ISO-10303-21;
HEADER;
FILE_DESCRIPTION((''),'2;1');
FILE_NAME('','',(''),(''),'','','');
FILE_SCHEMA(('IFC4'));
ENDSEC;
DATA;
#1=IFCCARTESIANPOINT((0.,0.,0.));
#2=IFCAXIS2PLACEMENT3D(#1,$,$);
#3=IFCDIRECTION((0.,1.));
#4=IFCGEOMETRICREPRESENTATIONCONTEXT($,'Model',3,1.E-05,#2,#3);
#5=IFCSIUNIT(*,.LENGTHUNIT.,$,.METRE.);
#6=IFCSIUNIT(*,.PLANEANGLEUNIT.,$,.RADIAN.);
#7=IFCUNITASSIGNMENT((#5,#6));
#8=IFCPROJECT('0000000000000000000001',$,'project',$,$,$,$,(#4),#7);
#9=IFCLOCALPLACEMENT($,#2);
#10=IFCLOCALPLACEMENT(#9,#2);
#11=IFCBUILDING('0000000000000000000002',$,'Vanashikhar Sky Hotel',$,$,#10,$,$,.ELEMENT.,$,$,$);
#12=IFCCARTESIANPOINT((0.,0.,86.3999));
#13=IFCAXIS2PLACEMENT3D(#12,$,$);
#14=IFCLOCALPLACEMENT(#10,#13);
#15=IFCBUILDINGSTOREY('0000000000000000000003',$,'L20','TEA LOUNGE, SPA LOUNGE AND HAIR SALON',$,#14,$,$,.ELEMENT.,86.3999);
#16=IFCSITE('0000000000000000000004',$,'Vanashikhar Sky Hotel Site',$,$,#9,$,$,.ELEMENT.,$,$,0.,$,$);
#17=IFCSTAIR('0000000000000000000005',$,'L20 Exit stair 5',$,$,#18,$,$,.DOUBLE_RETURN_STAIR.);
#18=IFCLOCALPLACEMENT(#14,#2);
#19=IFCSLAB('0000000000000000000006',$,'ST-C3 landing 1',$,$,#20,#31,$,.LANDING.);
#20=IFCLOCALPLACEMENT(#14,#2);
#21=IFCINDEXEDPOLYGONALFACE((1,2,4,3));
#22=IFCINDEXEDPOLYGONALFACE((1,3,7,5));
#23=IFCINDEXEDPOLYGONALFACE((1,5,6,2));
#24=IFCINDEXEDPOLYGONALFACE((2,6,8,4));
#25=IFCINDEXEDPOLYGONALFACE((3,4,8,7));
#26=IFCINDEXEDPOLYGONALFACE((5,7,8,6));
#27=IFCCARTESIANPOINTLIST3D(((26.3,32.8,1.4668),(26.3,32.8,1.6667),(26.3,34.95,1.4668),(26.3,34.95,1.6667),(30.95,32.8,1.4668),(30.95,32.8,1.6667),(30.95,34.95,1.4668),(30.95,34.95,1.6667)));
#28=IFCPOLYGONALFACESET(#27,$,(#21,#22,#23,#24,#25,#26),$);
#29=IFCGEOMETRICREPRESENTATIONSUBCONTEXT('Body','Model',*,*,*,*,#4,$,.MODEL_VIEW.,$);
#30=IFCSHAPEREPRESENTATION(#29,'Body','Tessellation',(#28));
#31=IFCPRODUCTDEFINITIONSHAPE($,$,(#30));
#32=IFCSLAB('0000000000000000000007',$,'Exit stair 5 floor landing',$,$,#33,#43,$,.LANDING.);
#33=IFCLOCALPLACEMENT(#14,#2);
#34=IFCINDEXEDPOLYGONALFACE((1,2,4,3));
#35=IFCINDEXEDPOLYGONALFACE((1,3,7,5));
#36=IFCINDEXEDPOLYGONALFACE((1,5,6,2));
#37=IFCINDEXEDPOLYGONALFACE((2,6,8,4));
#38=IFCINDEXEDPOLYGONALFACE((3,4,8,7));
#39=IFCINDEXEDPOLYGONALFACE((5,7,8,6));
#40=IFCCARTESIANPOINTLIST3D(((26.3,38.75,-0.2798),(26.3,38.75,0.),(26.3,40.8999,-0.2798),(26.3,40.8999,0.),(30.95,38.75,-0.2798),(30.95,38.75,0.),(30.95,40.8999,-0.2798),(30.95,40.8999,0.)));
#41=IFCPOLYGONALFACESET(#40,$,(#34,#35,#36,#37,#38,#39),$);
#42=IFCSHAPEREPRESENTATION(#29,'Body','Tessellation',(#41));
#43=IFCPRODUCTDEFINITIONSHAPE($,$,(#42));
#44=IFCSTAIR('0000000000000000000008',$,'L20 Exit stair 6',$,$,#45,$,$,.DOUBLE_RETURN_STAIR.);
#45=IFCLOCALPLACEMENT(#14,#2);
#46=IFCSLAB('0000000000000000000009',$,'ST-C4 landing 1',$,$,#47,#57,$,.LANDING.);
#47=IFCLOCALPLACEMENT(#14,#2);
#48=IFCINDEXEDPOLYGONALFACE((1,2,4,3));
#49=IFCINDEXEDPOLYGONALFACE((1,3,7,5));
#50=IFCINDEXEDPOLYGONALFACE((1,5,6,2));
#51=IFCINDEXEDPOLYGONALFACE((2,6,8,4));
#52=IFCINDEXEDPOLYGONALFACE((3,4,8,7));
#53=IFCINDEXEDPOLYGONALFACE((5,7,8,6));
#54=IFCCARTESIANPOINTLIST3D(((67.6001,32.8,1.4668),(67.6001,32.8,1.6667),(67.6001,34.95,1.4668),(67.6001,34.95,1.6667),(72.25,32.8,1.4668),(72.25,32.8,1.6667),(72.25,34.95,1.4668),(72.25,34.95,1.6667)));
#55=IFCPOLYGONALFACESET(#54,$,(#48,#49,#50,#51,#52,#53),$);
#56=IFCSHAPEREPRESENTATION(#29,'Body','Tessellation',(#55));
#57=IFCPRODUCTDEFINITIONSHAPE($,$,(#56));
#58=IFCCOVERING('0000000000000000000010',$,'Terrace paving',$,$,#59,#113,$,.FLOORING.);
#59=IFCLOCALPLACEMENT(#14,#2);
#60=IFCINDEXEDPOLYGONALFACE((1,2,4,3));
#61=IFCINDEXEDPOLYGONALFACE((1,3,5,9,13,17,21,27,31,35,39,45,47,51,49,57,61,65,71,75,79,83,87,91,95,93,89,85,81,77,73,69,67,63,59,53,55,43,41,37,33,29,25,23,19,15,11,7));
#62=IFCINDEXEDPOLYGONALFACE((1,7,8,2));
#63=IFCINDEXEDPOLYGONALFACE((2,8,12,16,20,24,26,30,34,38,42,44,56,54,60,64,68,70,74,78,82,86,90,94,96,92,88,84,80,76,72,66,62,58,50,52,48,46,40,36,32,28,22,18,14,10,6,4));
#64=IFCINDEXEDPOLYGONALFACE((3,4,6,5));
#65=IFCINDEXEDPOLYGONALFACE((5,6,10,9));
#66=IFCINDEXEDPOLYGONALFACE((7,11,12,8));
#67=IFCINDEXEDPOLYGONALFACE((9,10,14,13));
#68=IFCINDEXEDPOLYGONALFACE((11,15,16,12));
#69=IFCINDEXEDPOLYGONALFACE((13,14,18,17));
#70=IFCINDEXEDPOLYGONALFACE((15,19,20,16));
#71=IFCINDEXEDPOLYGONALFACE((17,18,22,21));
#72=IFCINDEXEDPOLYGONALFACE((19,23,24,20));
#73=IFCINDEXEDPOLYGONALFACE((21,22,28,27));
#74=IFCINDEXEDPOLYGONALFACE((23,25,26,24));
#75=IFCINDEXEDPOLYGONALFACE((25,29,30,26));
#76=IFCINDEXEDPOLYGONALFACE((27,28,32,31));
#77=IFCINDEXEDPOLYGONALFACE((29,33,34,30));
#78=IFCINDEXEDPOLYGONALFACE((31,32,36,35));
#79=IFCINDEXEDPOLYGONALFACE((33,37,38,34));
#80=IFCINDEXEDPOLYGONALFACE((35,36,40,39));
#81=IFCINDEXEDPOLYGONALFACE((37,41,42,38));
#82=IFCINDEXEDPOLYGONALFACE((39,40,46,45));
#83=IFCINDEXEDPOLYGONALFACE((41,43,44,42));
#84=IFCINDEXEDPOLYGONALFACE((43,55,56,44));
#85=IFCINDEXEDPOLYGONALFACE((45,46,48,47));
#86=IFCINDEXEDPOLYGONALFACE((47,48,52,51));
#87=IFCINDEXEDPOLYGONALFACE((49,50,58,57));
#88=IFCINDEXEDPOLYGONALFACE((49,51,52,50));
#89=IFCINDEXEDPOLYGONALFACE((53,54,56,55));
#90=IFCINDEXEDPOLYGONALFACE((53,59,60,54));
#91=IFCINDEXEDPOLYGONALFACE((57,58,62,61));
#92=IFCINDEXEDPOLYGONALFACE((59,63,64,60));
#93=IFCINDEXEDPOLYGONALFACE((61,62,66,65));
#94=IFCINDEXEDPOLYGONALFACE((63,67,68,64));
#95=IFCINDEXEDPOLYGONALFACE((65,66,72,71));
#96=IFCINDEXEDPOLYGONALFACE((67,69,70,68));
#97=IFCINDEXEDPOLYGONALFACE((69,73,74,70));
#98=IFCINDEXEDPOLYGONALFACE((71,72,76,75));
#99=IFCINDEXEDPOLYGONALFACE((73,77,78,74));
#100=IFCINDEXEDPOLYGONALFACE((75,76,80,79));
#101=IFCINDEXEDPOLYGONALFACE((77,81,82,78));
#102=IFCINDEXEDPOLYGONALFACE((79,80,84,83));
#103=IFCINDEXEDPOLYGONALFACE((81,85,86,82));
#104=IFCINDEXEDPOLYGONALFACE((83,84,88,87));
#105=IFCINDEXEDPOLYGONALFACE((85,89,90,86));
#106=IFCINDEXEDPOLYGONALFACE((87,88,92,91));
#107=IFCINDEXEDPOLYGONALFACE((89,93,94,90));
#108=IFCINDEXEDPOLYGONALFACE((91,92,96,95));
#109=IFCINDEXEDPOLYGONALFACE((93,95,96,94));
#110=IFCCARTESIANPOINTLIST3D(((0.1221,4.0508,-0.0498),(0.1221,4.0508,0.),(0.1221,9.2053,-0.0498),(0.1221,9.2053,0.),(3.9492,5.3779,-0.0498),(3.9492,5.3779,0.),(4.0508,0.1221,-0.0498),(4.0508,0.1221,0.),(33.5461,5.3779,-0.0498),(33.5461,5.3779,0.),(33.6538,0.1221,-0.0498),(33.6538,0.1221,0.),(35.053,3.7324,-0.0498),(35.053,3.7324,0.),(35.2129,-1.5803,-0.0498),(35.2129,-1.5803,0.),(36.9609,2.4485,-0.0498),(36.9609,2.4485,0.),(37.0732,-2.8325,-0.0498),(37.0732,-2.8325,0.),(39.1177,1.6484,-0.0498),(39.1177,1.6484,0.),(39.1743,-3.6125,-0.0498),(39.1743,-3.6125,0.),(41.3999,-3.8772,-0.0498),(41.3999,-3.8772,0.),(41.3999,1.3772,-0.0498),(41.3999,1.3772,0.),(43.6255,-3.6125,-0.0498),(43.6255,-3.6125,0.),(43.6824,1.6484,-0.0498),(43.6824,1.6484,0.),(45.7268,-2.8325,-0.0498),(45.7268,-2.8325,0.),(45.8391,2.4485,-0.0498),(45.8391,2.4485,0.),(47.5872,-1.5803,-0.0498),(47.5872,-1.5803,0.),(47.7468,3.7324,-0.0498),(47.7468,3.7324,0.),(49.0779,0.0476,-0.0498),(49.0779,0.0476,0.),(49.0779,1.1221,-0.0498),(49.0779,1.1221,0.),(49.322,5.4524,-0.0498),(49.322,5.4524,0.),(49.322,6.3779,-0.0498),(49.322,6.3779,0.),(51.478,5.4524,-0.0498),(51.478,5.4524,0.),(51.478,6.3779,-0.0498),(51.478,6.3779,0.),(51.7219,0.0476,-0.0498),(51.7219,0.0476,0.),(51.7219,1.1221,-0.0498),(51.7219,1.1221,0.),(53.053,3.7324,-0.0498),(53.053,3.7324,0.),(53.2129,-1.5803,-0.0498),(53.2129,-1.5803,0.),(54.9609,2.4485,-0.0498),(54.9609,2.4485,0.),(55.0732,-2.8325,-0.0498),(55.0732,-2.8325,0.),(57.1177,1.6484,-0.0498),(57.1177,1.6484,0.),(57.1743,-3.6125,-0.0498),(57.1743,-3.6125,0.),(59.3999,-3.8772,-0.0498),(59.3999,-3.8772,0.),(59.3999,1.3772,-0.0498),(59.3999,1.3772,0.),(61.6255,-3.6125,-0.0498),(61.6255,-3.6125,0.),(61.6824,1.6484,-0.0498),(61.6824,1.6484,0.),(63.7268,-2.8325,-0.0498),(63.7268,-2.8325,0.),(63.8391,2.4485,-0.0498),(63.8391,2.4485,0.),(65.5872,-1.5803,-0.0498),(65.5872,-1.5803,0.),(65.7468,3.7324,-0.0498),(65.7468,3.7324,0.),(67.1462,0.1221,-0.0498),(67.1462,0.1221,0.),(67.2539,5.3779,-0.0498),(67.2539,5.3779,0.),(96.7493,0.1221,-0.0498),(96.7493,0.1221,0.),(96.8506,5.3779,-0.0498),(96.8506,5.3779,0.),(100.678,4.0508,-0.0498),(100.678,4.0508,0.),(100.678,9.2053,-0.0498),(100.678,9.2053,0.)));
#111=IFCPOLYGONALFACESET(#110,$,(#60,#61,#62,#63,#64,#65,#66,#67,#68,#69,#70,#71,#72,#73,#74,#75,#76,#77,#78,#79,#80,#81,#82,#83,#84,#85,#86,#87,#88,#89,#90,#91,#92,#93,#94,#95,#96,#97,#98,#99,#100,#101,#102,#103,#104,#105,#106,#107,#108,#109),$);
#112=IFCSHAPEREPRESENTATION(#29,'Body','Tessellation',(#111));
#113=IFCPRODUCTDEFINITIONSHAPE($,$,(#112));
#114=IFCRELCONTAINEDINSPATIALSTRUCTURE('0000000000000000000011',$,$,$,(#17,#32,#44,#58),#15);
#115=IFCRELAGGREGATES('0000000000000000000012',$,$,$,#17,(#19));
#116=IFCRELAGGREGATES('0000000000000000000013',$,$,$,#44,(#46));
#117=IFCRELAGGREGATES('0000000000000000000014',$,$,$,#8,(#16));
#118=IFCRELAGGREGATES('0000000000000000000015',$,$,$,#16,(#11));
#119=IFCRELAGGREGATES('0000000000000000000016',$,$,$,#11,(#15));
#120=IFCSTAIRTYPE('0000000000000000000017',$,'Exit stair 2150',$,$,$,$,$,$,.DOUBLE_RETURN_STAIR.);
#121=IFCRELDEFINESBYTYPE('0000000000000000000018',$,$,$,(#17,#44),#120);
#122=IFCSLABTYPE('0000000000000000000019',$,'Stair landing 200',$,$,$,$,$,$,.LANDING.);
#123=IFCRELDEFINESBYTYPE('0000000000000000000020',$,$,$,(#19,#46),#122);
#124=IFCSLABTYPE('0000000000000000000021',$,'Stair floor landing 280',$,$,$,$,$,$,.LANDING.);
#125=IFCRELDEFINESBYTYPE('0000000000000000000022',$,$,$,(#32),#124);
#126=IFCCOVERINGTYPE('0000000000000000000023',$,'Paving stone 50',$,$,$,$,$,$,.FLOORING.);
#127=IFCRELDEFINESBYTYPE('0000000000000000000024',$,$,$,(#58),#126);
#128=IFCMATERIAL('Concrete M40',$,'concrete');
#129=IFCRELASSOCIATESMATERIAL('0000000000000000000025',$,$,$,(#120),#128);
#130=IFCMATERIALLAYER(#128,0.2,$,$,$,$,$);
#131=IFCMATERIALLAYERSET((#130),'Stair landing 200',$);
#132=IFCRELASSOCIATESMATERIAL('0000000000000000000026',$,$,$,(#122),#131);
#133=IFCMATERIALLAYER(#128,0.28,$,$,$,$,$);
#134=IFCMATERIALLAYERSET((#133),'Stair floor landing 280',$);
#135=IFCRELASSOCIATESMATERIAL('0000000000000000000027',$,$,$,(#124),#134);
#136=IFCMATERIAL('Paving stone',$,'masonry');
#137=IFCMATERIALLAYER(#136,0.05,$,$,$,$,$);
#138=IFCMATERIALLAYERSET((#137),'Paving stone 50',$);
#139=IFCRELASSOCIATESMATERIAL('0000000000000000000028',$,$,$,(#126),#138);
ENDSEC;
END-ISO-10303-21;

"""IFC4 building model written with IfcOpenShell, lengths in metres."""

from ifc_helpers import new_model, si_unit, direction, frame, origin, place, context, subcontext, project, spatial, polyline, outline, extrude, source, transform, mapped, material, layer, layer_set, type_object, element, aggregate, save


model = new_model("IFC4")

# Units and contexts
model_context = context("Model", 3, precision=1e-05, world=origin(), true_north=direction((0.0, 1.0)))
body_context = subcontext(model_context, "Body", "Model", "MODEL_VIEW")
ifc_project = project(units=[si_unit("LENGTHUNIT", "METRE"), si_unit("PLANEANGLEUNIT", "RADIAN")], contexts=[model_context])

# Site, building, storey
site_placement = place(None, origin())
site = spatial("IfcSite", under=ifc_project, at=site_placement, Name="Vanashikhar Sky Hotel Site", CompositionType="ELEMENT", RefElevation=0.0)
building_placement = place(site_placement, origin())
building = spatial("IfcBuilding", under=site, at=building_placement, Name="Vanashikhar Sky Hotel", CompositionType="ELEMENT")
storey_placement = place(building_placement, frame((0.0, 0.0, 86.3999)))
storey = spatial("IfcBuildingStorey", under=building, at=storey_placement, Name="L20", Description="TEA LOUNGE, SPA LOUNGE AND HAIR SALON", CompositionType="ELEMENT", Elevation=86.3999)

# Shared definitions
ifc_material_1 = material(Name="Concrete M40", Category="concrete")

# Shared definitions
stair_type = type_object("IfcStairType", Name="Exit stair 2150", PredefinedType="DOUBLE_RETURN_STAIR", material=ifc_material_1)
ifc_layer_1 = layer(ifc_material_1, 0.2)
ifc_layer_set_1 = layer_set([ifc_layer_1], Name="Stair landing 200")
slab_type_1 = type_object("IfcSlabType", Name="Stair landing 200", PredefinedType="LANDING", material=ifc_layer_set_1)

# Shared definitions
ifc_layer_2 = layer(ifc_material_1, 0.28)
ifc_layer_set_2 = layer_set([ifc_layer_2], Name="Stair floor landing 280")
slab_type_2 = type_object("IfcSlabType", Name="Stair floor landing 280", PredefinedType="LANDING", material=ifc_layer_set_2)

# Stair, slab
stair_1_placement = place(storey_placement, origin())
stair_1 = element("IfcStair", 1, at=stair_1_placement, inside=storey, type_object=stair_type, Name="L20 Exit stair 5", PredefinedType="DOUBLE_RETURN_STAIR")
shared_shape_1 = source(origin(), body_context, "Body", "SweptSolid", [
    extrude(outline(polyline([(30.95, 32.8), (30.95, 34.95), (26.3, 34.95), (26.3, 32.8), (30.95, 32.8)])), origin(), (0.0, 0.0, 1.0), 0.2),
])
slab_1_placement = place(storey_placement, frame((0.0, 0.0, 1.4668)))
slab_1 = element("IfcSlab", 2, at=slab_1_placement, type_object=slab_type_1, Name="ST-C3 landing 1", PredefinedType="LANDING", context=body_context, shape_type="MappedRepresentation", body=[
    mapped(shared_shape_1, transform((0.0, 0.0, 0.0), scale=1.0)),
])
aggregate(stair_1, [slab_1])

# Slab
shared_shape_2 = source(origin(), body_context, "Body", "SweptSolid", [
    extrude(outline(polyline([(30.95, 38.75), (30.95, 40.8999), (26.3, 40.8999), (26.3, 38.75), (30.95, 38.75)])), origin(), (0.0, 0.0, 1.0), 0.2798),
])
slab_2_placement = place(storey_placement, frame((0.0, 0.0, -0.2798)))
element("IfcSlab", 3, at=slab_2_placement, inside=storey, type_object=slab_type_2, Name="Exit stair 5 floor landing", PredefinedType="LANDING", context=body_context, shape_type="MappedRepresentation", body=[
    mapped(shared_shape_2, transform((0.0, 0.0, 0.0), scale=1.0)),
])

# Stair, slab
stair_2_placement = place(storey_placement, origin())
stair_2 = element("IfcStair", 4, at=stair_2_placement, inside=storey, type_object=stair_type, Name="L20 Exit stair 6", PredefinedType="DOUBLE_RETURN_STAIR")
shared_shape_3 = source(origin(), body_context, "Body", "SweptSolid", [
    extrude(outline(polyline([(72.25, 32.8), (72.25, 34.95), (67.6001, 34.95), (67.6001, 32.8), (72.25, 32.8)])), origin(), (0.0, 0.0, 1.0), 0.2),
])
slab_3_placement = place(storey_placement, frame((0.0, 0.0, 1.4668)))
slab_3 = element("IfcSlab", 5, at=slab_3_placement, type_object=slab_type_1, Name="ST-C4 landing 1", PredefinedType="LANDING", context=body_context, shape_type="MappedRepresentation", body=[
    mapped(shared_shape_3, transform((0.0, 0.0, 0.0), scale=1.0)),
])
aggregate(stair_2, [slab_3])

# Covering
ifc_material_2 = material(Name="Paving stone", Category="masonry")
ifc_layer_3 = layer(ifc_material_2, 0.05)
ifc_layer_set_3 = layer_set([ifc_layer_3], Name="Paving stone 50")
covering_type = type_object("IfcCoveringType", Name="Paving stone 50", PredefinedType="FLOORING", material=ifc_layer_set_3)
shared_shape_4 = source(origin(), body_context, "Body", "SweptSolid", [
    extrude(outline(polyline([(47.5872, -1.5803), (45.7268, -2.8325), (43.6255, -3.6125), (41.3999, -3.8772), (39.1743, -3.6125), (37.0732, -2.8325), (35.2129, -1.5803), (33.6538, 0.1221), (4.0508, 0.1221), (0.1221, 4.0508), (0.1221, 9.2053), (3.9492, 5.3779), (33.5461, 5.3779), (35.053, 3.7324), (36.9609, 2.4485), (39.1177, 1.6484), (41.3999, 1.3772), (43.6824, 1.6484), (45.8391, 2.4485), (47.7468, 3.7324), (49.322, 5.4524), (49.322, 6.3779), (51.478, 6.3779), (51.478, 5.4524), (53.053, 3.7324), (54.9609, 2.4485), (57.1177, 1.6484), (59.3999, 1.3772), (61.6824, 1.6484), (63.8391, 2.4485), (65.7468, 3.7324), (67.2539, 5.3779), (96.8506, 5.3779), (100.678, 9.2053), (100.678, 4.0508), (96.7493, 0.1221), (67.1462, 0.1221), (65.5872, -1.5803), (63.7268, -2.8325), (61.6255, -3.6125), (59.3999, -3.8772), (57.1743, -3.6125), (55.0732, -2.8325), (53.2129, -1.5803), (51.7219, 0.0476), (51.7219, 1.1221), (49.0779, 1.1221), (49.0779, 0.0476), (47.5872, -1.5803)])), origin(), (0.0, 0.0, 1.0), 0.0498),
])
covering_placement = place(storey_placement, frame((0.0, 0.0, -0.0498)))
element("IfcCovering", 6, at=covering_placement, inside=storey, type_object=covering_type, Name="Terrace paving", PredefinedType="FLOORING", context=body_context, shape_type="MappedRepresentation", body=[
    mapped(shared_shape_4, transform((0.0, 0.0, 0.0), scale=1.0)),
])

save(model, "model.ifc")
